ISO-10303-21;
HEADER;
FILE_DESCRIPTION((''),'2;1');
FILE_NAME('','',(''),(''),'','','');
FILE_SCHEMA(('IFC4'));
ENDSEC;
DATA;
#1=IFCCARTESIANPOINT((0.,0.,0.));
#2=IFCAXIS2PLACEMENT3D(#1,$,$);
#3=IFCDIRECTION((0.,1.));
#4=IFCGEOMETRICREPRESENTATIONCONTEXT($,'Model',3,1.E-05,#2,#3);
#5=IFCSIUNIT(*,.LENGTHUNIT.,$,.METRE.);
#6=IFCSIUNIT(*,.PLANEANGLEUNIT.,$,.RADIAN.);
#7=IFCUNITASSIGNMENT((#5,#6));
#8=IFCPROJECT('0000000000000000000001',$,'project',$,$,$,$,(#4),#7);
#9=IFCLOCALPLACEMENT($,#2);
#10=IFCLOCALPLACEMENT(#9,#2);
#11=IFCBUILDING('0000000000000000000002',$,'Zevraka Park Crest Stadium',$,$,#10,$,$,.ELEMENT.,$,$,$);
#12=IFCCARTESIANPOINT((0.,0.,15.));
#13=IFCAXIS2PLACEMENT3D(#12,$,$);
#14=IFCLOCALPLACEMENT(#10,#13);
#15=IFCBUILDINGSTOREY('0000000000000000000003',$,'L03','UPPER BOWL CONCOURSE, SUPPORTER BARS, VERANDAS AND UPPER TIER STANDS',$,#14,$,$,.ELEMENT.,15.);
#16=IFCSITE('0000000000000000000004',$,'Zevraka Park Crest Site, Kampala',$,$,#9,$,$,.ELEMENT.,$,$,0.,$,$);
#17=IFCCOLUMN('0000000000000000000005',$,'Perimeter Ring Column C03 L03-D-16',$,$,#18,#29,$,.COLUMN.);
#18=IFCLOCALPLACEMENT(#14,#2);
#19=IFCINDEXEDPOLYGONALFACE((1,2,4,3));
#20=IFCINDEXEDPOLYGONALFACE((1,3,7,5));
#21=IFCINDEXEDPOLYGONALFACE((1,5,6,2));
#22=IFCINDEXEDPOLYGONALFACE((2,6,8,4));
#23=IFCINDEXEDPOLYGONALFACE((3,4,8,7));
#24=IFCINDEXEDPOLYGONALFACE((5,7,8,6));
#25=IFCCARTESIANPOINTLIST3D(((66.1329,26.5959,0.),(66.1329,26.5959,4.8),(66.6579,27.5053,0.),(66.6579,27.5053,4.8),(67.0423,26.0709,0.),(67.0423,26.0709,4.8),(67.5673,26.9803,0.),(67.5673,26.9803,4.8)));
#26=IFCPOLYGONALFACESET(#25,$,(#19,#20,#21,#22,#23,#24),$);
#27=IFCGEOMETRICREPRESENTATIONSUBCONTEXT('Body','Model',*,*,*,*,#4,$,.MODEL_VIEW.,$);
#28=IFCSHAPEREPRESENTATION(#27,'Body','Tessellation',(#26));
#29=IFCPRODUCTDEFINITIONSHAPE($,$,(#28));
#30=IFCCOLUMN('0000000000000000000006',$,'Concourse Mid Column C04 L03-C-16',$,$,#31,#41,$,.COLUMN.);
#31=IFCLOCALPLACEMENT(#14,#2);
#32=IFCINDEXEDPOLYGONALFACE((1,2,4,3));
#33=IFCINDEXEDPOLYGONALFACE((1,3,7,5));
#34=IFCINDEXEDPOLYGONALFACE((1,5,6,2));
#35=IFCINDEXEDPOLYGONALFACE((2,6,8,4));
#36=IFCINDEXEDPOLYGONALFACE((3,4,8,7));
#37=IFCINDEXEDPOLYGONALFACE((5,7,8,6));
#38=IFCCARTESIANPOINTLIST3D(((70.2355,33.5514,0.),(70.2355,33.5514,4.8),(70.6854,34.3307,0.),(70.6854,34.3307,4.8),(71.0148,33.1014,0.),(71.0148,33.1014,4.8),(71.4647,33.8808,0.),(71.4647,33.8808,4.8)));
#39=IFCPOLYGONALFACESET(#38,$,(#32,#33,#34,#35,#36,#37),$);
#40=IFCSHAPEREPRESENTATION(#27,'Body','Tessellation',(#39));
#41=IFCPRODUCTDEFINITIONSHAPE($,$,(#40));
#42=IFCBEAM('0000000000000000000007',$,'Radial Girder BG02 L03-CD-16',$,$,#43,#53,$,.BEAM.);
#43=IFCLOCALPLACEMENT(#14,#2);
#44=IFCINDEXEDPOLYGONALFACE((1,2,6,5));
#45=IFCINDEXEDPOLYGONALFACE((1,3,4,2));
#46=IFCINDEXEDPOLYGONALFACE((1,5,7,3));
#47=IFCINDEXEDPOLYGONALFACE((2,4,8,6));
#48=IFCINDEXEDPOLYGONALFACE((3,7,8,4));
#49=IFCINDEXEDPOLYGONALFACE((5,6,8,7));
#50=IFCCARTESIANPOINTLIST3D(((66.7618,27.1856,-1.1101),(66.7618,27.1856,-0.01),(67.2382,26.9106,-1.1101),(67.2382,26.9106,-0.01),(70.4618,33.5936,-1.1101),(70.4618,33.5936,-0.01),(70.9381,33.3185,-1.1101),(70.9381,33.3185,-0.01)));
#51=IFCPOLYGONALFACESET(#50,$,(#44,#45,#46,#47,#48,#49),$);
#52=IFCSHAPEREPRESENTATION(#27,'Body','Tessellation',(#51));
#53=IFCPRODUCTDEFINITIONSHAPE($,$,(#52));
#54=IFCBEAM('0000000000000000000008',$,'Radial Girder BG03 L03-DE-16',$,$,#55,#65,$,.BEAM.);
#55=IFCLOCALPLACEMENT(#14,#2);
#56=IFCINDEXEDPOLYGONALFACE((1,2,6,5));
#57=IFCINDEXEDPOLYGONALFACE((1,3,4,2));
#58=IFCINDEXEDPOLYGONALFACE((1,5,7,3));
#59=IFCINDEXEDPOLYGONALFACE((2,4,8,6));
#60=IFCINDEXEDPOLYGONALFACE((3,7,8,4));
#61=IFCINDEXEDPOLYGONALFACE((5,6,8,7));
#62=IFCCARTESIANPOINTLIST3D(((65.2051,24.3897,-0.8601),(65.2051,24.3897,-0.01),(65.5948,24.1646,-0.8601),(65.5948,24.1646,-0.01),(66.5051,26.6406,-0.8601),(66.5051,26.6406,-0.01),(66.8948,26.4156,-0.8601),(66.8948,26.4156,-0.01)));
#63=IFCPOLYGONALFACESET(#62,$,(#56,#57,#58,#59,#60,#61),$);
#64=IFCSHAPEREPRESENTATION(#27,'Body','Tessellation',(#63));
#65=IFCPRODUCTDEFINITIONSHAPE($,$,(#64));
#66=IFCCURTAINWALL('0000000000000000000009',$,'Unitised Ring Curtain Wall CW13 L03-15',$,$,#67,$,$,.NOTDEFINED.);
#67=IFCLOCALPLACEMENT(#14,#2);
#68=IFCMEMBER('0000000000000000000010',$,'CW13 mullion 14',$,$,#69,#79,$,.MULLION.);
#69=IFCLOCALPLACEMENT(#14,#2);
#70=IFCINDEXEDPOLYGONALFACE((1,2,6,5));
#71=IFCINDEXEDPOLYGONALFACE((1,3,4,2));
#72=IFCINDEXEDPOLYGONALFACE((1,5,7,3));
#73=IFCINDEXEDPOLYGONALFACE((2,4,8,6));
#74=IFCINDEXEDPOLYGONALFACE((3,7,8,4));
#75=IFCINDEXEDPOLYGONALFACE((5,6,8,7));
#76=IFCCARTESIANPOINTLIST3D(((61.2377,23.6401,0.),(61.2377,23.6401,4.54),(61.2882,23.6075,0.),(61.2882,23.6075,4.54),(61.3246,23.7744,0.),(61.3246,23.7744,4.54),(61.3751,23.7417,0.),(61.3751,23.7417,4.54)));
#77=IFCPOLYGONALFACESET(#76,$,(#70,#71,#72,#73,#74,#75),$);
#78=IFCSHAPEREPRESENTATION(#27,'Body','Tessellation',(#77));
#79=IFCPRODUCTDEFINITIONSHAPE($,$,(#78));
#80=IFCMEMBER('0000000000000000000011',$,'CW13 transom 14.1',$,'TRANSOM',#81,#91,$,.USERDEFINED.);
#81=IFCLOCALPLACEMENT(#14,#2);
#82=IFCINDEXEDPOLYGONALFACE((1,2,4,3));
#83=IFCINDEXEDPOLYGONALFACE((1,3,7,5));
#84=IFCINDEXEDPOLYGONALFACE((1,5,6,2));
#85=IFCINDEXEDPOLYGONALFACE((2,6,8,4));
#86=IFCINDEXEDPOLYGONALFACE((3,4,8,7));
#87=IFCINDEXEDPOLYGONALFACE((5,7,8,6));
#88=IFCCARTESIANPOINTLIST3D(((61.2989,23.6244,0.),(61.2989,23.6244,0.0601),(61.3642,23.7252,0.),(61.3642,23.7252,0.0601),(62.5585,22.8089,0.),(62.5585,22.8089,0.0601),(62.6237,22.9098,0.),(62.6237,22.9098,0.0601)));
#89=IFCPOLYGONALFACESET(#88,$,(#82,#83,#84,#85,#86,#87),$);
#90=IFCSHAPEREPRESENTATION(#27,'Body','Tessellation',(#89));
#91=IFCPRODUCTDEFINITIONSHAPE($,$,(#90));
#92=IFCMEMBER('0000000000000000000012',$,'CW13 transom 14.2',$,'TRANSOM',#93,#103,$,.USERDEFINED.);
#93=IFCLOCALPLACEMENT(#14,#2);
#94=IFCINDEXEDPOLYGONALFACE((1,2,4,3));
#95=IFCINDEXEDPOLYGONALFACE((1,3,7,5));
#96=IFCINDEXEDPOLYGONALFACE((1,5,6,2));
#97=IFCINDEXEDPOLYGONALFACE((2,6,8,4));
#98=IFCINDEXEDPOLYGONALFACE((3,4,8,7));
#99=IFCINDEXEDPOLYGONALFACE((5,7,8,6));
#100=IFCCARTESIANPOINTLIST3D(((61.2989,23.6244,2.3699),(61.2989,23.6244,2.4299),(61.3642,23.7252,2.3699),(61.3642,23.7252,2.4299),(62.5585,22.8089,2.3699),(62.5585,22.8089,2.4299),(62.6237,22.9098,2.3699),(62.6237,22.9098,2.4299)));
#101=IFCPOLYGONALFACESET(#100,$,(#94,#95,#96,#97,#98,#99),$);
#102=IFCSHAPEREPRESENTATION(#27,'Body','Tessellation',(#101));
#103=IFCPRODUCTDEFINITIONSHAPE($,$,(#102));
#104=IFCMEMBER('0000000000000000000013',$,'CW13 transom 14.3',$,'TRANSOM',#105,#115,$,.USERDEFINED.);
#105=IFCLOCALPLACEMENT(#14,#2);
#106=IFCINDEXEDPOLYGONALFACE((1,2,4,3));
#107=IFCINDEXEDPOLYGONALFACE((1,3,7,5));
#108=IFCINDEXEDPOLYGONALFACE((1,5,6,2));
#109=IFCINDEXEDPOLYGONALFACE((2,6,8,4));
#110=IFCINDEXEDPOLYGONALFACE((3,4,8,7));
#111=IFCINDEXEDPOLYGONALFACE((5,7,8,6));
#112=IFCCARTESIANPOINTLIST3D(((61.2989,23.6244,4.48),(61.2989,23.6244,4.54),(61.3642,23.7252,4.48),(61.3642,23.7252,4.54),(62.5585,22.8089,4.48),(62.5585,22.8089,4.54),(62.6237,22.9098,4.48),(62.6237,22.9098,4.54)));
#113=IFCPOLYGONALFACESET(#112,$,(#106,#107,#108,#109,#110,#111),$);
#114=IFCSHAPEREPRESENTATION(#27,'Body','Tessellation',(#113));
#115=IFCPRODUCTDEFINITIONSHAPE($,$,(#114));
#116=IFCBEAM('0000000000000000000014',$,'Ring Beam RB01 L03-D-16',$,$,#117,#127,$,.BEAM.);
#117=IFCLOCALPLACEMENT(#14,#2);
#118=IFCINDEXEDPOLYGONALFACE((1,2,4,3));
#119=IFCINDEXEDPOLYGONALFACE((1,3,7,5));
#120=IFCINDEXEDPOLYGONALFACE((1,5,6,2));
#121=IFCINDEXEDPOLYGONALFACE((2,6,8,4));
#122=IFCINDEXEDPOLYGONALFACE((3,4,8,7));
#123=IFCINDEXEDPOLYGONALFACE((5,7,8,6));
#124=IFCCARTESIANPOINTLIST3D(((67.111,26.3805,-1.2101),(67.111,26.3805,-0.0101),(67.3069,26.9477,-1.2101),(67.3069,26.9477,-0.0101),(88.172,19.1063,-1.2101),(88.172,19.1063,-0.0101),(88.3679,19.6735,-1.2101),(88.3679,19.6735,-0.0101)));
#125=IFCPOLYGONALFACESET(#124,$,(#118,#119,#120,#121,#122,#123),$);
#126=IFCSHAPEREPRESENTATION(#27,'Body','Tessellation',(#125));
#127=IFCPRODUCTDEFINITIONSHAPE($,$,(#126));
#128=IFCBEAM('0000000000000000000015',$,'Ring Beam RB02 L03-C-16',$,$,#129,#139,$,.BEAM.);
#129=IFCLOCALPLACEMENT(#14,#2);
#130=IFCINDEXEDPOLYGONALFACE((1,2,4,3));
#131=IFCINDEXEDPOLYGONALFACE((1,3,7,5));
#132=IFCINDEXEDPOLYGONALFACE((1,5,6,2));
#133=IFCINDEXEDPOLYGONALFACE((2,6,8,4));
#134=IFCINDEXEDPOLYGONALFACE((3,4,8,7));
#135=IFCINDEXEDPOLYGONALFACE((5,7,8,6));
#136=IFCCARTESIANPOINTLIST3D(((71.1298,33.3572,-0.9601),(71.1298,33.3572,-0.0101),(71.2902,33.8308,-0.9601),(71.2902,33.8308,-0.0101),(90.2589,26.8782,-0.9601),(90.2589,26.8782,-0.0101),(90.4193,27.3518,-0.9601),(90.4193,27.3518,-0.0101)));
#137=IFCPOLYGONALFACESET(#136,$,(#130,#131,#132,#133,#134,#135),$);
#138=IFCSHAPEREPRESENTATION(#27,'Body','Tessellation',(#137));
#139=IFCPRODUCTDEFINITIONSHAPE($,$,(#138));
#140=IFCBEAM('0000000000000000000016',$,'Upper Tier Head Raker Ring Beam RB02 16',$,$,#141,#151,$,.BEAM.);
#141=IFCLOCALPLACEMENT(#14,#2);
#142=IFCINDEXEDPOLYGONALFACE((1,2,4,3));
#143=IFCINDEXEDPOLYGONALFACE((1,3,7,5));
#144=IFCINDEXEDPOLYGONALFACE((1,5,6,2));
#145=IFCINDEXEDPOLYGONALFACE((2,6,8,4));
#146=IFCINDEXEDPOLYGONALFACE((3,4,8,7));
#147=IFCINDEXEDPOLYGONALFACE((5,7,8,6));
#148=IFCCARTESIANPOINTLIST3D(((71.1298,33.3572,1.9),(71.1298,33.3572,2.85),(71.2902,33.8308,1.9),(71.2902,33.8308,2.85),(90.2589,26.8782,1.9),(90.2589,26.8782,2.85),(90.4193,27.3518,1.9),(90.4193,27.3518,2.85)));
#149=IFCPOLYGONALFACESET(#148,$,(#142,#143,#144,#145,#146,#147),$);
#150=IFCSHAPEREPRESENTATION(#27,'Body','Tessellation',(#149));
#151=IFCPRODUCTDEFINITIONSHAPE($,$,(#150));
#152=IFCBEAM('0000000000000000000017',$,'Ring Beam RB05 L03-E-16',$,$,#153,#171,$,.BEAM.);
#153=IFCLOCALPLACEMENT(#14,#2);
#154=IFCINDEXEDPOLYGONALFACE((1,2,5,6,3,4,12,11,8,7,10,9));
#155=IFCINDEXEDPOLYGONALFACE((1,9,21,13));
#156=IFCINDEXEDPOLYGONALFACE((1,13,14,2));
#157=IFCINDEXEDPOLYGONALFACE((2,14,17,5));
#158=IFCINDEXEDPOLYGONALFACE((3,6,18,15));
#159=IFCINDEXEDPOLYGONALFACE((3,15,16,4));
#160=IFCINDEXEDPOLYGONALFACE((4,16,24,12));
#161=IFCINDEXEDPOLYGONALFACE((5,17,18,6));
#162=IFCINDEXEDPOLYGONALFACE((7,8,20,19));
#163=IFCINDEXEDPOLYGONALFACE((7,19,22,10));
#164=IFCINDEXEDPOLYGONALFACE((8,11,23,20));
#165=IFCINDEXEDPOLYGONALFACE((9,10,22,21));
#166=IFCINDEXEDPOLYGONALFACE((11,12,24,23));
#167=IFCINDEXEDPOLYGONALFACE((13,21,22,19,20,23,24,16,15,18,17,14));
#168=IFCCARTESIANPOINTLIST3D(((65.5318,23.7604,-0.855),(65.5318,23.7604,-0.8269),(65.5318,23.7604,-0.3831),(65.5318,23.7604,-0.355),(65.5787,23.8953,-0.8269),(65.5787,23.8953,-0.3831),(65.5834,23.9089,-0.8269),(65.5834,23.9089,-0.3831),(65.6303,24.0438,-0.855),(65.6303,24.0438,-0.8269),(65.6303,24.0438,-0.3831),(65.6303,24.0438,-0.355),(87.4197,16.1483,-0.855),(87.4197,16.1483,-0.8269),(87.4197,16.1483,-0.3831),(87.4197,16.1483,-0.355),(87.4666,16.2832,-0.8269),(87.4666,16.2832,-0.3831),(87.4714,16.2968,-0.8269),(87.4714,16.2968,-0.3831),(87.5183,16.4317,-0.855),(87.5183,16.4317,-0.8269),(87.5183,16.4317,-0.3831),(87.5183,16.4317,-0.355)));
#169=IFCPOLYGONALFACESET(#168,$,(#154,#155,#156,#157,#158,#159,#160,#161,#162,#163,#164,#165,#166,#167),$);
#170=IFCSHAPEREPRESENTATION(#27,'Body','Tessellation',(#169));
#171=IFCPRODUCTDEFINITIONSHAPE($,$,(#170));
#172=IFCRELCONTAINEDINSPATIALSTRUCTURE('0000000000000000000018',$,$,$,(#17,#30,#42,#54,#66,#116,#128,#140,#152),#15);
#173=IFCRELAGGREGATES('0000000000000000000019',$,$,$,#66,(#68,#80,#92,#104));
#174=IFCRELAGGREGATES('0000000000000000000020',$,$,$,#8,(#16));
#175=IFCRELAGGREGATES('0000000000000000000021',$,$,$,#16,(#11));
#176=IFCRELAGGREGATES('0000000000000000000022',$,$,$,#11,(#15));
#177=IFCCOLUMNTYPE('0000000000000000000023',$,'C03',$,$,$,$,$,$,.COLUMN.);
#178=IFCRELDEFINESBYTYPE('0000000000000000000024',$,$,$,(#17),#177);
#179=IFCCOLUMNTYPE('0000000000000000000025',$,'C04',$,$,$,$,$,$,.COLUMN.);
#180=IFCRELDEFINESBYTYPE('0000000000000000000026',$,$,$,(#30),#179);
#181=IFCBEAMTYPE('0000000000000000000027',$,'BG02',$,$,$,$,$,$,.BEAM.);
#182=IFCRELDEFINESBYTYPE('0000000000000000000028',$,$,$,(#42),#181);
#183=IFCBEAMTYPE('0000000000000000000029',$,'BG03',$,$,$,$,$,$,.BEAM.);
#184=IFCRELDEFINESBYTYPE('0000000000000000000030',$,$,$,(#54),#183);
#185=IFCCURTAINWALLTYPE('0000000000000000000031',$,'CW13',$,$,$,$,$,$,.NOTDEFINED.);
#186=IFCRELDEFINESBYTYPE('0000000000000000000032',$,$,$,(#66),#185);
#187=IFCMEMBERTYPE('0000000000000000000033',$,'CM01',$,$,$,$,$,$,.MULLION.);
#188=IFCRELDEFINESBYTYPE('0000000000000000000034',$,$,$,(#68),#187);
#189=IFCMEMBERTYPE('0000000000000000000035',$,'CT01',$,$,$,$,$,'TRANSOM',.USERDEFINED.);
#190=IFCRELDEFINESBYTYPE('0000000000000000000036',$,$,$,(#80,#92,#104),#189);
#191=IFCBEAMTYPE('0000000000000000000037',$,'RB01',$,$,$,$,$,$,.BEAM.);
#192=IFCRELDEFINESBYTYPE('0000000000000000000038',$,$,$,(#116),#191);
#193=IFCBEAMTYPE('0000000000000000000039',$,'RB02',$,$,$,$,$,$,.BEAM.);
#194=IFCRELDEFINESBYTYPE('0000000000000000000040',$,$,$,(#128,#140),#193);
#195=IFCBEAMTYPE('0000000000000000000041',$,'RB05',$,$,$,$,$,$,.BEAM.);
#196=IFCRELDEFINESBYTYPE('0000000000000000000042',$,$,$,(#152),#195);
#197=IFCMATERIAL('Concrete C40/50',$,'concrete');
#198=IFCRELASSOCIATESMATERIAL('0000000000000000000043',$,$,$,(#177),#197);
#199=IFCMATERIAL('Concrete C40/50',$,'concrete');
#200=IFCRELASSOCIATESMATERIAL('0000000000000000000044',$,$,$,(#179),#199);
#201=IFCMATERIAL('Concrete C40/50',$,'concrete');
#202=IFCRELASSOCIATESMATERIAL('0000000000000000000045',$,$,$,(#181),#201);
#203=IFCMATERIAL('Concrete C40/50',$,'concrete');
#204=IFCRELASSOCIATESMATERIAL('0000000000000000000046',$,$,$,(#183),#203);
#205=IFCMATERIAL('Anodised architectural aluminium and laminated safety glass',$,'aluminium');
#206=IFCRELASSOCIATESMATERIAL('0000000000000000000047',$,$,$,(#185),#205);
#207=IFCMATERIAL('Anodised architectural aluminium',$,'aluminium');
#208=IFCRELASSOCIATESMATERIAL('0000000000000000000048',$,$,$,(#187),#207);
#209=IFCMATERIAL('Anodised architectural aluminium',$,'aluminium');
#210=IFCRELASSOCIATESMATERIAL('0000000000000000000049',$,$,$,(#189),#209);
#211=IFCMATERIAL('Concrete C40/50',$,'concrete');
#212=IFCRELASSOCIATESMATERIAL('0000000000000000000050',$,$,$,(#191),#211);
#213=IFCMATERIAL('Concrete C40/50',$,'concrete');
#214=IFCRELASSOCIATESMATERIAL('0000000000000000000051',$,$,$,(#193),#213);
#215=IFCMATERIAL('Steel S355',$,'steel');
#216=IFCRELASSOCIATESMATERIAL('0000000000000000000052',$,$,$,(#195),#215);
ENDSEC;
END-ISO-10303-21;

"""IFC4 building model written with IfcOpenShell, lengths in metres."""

from ifc_helpers import new_model, si_unit, direction, frame, origin, origin_2d, place, context, subcontext, project, spatial, rectangle, i_section, extrude, material, material_profile, profile_set, type_object, element, aggregate, save


model = new_model("IFC4")

# Units and contexts
model_context = context("Model", 3, precision=1e-05, world=origin(), true_north=direction((0.0, 1.0)))
body_context = subcontext(model_context, "Body", "Model", "MODEL_VIEW")
ifc_project = project(units=[si_unit("LENGTHUNIT", "METRE"), si_unit("PLANEANGLEUNIT", "RADIAN")], contexts=[model_context])

# Site, building, storey
site_placement = place(None, origin())
site = spatial("IfcSite", under=ifc_project, at=site_placement, Name="Zevraka Park Crest Site, Kampala", CompositionType="ELEMENT", RefElevation=0.0)
building_placement = place(site_placement, origin())
building = spatial("IfcBuilding", under=site, at=building_placement, Name="Zevraka Park Crest Stadium", CompositionType="ELEMENT")
storey_placement = place(building_placement, frame((0.0, 0.0, 15.0)))
storey = spatial("IfcBuildingStorey", under=building, at=storey_placement, Name="L03", Description="UPPER BOWL CONCOURSE, SUPPORTER BARS, VERANDAS AND UPPER TIER STANDS", CompositionType="ELEMENT", Elevation=15.0)

# Columns
ifc_material_1 = material(Name="Concrete C40/50", Category="concrete")
ifc_material_profile_1 = material_profile(ifc_material_1, rectangle(XDim=1.05, YDim=1.05, at=origin_2d()), Name="RC 1050x1050")
ifc_profile_set_1 = profile_set([ifc_material_profile_1], Name="Concrete C40/50")
column_type_1 = type_object("IfcColumnType", Name="C03", PredefinedType="COLUMN", material=ifc_profile_set_1)
column_1_placement = place(storey_placement, frame((66.8501, 26.7881, 0.0), z_axis=(0.0, 0.0, 1.0), x_axis=(0.5, 0.866025, 0.0)))
element("IfcColumn", 1, at=column_1_placement, inside=storey, type_object=column_type_1, Name="Perimeter Ring Column C03 L03-D-16", PredefinedType="COLUMN", context=body_context, shape_type="SweptSolid", body=[
    extrude(rectangle(XDim=1.05, YDim=1.05, at=origin_2d()), origin(), (0.0, 0.0, 1.0), 4.8),
])
ifc_material_2 = material(Name="Concrete C40/50", Category="concrete")
ifc_material_profile_2 = material_profile(ifc_material_2, rectangle(XDim=0.8999, YDim=0.8999, at=origin_2d()), Name="RC 900x900")
ifc_profile_set_2 = profile_set([ifc_material_profile_2], Name="Concrete C40/50")
column_type_2 = type_object("IfcColumnType", Name="C04", PredefinedType="COLUMN", material=ifc_profile_set_2)
column_2_placement = place(storey_placement, frame((70.8501, 33.7161, 0.0), z_axis=(0.0, 0.0, 1.0), x_axis=(0.5, 0.866025, 0.0)))
element("IfcColumn", 2, at=column_2_placement, inside=storey, type_object=column_type_2, Name="Concourse Mid Column C04 L03-C-16", PredefinedType="COLUMN", context=body_context, shape_type="SweptSolid", body=[
    extrude(rectangle(XDim=0.8999, YDim=0.8999, at=origin_2d()), origin(), (0.0, 0.0, 1.0), 4.8),
])

# Beams
ifc_material_3 = material(Name="Concrete C40/50", Category="concrete")
ifc_material_profile_3 = material_profile(ifc_material_3, rectangle(XDim=0.55, YDim=1.1001, at=origin_2d()), Name="RC 1100x550")
ifc_profile_set_3 = profile_set([ifc_material_profile_3], Name="Concrete C40/50")
beam_type_1 = type_object("IfcBeamType", Name="BG02", PredefinedType="BEAM", material=ifc_profile_set_3)
beam_1_placement = place(storey_placement, frame((70.7, 33.4561, -0.5601), z_axis=(-0.500032, -0.866007, 0.0), x_axis=(0.866007, -0.500032, 0.0)))
element("IfcBeam", 3, at=beam_1_placement, inside=storey, type_object=beam_type_1, Name="Radial Girder BG02 L03-CD-16", PredefinedType="BEAM", context=body_context, shape_type="SweptSolid", body=[
    extrude(rectangle(XDim=0.55, YDim=1.1001, at=origin_2d()), origin(), (0.0, 0.0, 1.0), 7.3994),
])
ifc_material_4 = material(Name="Concrete C40/50", Category="concrete")
ifc_material_profile_4 = material_profile(ifc_material_4, rectangle(XDim=0.45, YDim=0.8501, at=origin_2d()), Name="RC 850x450")
ifc_profile_set_4 = profile_set([ifc_material_profile_4], Name="Concrete C40/50")
beam_type_2 = type_object("IfcBeamType", Name="BG03", PredefinedType="BEAM", material=ifc_profile_set_4)
beam_2_placement = place(storey_placement, frame((66.7, 26.5281, -0.4351), z_axis=(-0.500129, -0.865951, 0.0), x_axis=(0.865951, -0.500129, 0.0)))
element("IfcBeam", 4, at=beam_2_placement, inside=storey, type_object=beam_type_2, Name="Radial Girder BG03 L03-DE-16", PredefinedType="BEAM", context=body_context, shape_type="SweptSolid", body=[
    extrude(rectangle(XDim=0.45, YDim=0.8501, at=origin_2d()), origin(), (0.0, 0.0, 1.0), 2.5994),
])

# Curtain wall, members
ifc_material_5 = material(Name="Anodised architectural aluminium and laminated safety glass", Category="aluminium")
curtain_wall_type = type_object("IfcCurtainWallType", Name="CW13", PredefinedType="NOTDEFINED", material=ifc_material_5)
curtain_wall_placement = place(storey_placement, origin())
curtain_wall = element("IfcCurtainWall", 5, at=curtain_wall_placement, inside=storey, type_object=curtain_wall_type, Name="Unitised Ring Curtain Wall CW13 L03-15", PredefinedType="NOTDEFINED")
ifc_material_6 = material(Name="Anodised architectural aluminium", Category="aluminium")
ifc_material_profile_5 = material_profile(ifc_material_6, rectangle(XDim=0.1599, YDim=0.0601, at=origin_2d()), Name="ALU MULLION 160x60")
ifc_profile_set_5 = profile_set([ifc_material_profile_5], Name="Anodised architectural aluminium")
member_type_1 = type_object("IfcMemberType", Name="CM01", PredefinedType="MULLION", material=ifc_profile_set_5)
member_1_placement = place(storey_placement, frame((61.3064, 23.6909, 0.0), z_axis=(0.0, 0.0, 1.0), x_axis=(0.543469, 0.839429, 0.0)))
member_1 = element("IfcMember", 6, at=member_1_placement, type_object=member_type_1, Name="CW13 mullion 14", PredefinedType="MULLION", context=body_context, shape_type="SweptSolid", body=[
    extrude(rectangle(XDim=0.1599, YDim=0.0601, at=origin_2d()), origin(), (0.0, 0.0, 1.0), 4.54),
])
ifc_material_7 = material(Name="Anodised architectural aluminium", Category="aluminium")
ifc_material_profile_6 = material_profile(ifc_material_7, rectangle(XDim=0.1201, YDim=0.0601, at=origin_2d()), Name="ALU TRANSOM 120x60")
ifc_profile_set_6 = profile_set([ifc_material_profile_6], Name="Anodised architectural aluminium")
member_type_2 = type_object("IfcMemberType", Name="CT01", ElementType="TRANSOM", PredefinedType="USERDEFINED", material=ifc_profile_set_6)
member_2_placement = place(storey_placement, frame((61.3315, 23.6748, 0.03), z_axis=(0.839435, -0.54346, 0.0), x_axis=(0.54346, 0.839435, 0.0)))
member_2 = element("IfcMember", 7, at=member_2_placement, type_object=member_type_2, Name="CW13 transom 14.1", ObjectType="TRANSOM", PredefinedType="USERDEFINED", context=body_context, shape_type="SweptSolid", body=[
    extrude(rectangle(XDim=0.1201, YDim=0.0601, at=origin_2d()), origin(), (0.0, 0.0, 1.0), 1.5005),
])
member_3_placement = place(storey_placement, frame((61.3315, 23.6748, 2.3999), z_axis=(0.839435, -0.54346, 0.0), x_axis=(0.54346, 0.839435, 0.0)))
member_3 = element("IfcMember", 8, at=member_3_placement, type_object=member_type_2, Name="CW13 transom 14.2", ObjectType="TRANSOM", PredefinedType="USERDEFINED", context=body_context, shape_type="SweptSolid", body=[
    extrude(rectangle(XDim=0.1201, YDim=0.0601, at=origin_2d()), origin(), (0.0, 0.0, 1.0), 1.5005),
])
member_4_placement = place(storey_placement, frame((61.3315, 23.6748, 4.51), z_axis=(0.839435, -0.54346, 0.0), x_axis=(0.54346, 0.839435, 0.0)))
member_4 = element("IfcMember", 9, at=member_4_placement, type_object=member_type_2, Name="CW13 transom 14.3", ObjectType="TRANSOM", PredefinedType="USERDEFINED", context=body_context, shape_type="SweptSolid", body=[
    extrude(rectangle(XDim=0.1201, YDim=0.0601, at=origin_2d()), origin(), (0.0, 0.0, 1.0), 1.5005),
])
aggregate(curtain_wall, [member_1, member_2, member_3, member_4])

# Beams
ifc_material_8 = material(Name="Concrete C40/50", Category="concrete")
ifc_material_profile_7 = material_profile(ifc_material_8, rectangle(XDim=0.6001, YDim=1.2, at=origin_2d()), Name="RC 1200x600")
ifc_profile_set_7 = profile_set([ifc_material_profile_7], Name="Concrete C40/50")
beam_type_3 = type_object("IfcBeamType", Name="RB01", PredefinedType="BEAM", material=ifc_profile_set_7)
beam_3_placement = place(storey_placement, frame((67.209, 26.6641, -0.6101), z_axis=(0.94521, -0.326462, 0.0), x_axis=(0.326462, 0.94521, 0.0)))
element("IfcBeam", 10, at=beam_3_placement, inside=storey, type_object=beam_type_3, Name="Ring Beam RB01 L03-D-16", PredefinedType="BEAM", context=body_context, shape_type="SweptSolid", body=[
    extrude(rectangle(XDim=0.6001, YDim=1.2, at=origin_2d()), origin(), (0.0, 0.0, 1.0), 22.2817),
])
ifc_material_9 = material(Name="Concrete C40/50", Category="concrete")
ifc_material_profile_8 = material_profile(ifc_material_9, rectangle(XDim=0.5, YDim=0.95, at=origin_2d()), Name="RC 950x500")
ifc_profile_set_8 = profile_set([ifc_material_profile_8], Name="Concrete C40/50")
beam_type_4 = type_object("IfcBeamType", Name="RB02", PredefinedType="BEAM", material=ifc_profile_set_8)
for number, where, z_axis, x_axis, name in (
    (11, (71.21, 33.594, -0.4851), (0.947148, -0.320797, 0.0), (0.320797, 0.947148, 0.0), "Ring Beam RB02 L03-C-16"),
    (12, (71.21, 33.594, 2.375), (0.947148, -0.320797, 0.0), (0.320797, 0.947148, 0.0), "Upper Tier Head Raker Ring Beam RB02 16"),
):
    element("IfcBeam", number, at=place(storey_placement, frame(where, z_axis=z_axis, x_axis=x_axis)), inside=storey, type_object=beam_type_4, Name=name, PredefinedType="BEAM", context=body_context, shape_type="SweptSolid", body=[
        extrude(rectangle(XDim=0.5, YDim=0.95, at=origin_2d()), origin(), (0.0, 0.0, 1.0), 20.1965),
    ])
ifc_material_10 = material(Name="Steel S355", Category="steel")
ifc_material_profile_9 = material_profile(ifc_material_10, i_section(OverallWidth=0.3, OverallDepth=0.5, WebThickness=0.0144, FlangeThickness=0.0281, at=origin_2d()), Name="HEB 500")
ifc_profile_set_9 = profile_set([ifc_material_profile_9], Name="Steel S355")
beam_type_5 = type_object("IfcBeamType", Name="RB05", PredefinedType="BEAM", material=ifc_profile_set_9)
beam_4_placement = place(storey_placement, frame((65.5811, 23.9021, -0.605), z_axis=(0.944512, -0.328477, 0.0), x_axis=(0.328477, 0.944512, 0.0)))
element("IfcBeam", 13, at=beam_4_placement, inside=storey, type_object=beam_type_5, Name="Ring Beam RB05 L03-E-16", PredefinedType="BEAM", context=body_context, shape_type="SweptSolid", body=[
    extrude(i_section(OverallWidth=0.3, OverallDepth=0.5, WebThickness=0.0144, FlangeThickness=0.0281, at=origin_2d()), origin(), (0.0, 0.0, 1.0), 23.1738),
])

save(model, "model.ifc")
